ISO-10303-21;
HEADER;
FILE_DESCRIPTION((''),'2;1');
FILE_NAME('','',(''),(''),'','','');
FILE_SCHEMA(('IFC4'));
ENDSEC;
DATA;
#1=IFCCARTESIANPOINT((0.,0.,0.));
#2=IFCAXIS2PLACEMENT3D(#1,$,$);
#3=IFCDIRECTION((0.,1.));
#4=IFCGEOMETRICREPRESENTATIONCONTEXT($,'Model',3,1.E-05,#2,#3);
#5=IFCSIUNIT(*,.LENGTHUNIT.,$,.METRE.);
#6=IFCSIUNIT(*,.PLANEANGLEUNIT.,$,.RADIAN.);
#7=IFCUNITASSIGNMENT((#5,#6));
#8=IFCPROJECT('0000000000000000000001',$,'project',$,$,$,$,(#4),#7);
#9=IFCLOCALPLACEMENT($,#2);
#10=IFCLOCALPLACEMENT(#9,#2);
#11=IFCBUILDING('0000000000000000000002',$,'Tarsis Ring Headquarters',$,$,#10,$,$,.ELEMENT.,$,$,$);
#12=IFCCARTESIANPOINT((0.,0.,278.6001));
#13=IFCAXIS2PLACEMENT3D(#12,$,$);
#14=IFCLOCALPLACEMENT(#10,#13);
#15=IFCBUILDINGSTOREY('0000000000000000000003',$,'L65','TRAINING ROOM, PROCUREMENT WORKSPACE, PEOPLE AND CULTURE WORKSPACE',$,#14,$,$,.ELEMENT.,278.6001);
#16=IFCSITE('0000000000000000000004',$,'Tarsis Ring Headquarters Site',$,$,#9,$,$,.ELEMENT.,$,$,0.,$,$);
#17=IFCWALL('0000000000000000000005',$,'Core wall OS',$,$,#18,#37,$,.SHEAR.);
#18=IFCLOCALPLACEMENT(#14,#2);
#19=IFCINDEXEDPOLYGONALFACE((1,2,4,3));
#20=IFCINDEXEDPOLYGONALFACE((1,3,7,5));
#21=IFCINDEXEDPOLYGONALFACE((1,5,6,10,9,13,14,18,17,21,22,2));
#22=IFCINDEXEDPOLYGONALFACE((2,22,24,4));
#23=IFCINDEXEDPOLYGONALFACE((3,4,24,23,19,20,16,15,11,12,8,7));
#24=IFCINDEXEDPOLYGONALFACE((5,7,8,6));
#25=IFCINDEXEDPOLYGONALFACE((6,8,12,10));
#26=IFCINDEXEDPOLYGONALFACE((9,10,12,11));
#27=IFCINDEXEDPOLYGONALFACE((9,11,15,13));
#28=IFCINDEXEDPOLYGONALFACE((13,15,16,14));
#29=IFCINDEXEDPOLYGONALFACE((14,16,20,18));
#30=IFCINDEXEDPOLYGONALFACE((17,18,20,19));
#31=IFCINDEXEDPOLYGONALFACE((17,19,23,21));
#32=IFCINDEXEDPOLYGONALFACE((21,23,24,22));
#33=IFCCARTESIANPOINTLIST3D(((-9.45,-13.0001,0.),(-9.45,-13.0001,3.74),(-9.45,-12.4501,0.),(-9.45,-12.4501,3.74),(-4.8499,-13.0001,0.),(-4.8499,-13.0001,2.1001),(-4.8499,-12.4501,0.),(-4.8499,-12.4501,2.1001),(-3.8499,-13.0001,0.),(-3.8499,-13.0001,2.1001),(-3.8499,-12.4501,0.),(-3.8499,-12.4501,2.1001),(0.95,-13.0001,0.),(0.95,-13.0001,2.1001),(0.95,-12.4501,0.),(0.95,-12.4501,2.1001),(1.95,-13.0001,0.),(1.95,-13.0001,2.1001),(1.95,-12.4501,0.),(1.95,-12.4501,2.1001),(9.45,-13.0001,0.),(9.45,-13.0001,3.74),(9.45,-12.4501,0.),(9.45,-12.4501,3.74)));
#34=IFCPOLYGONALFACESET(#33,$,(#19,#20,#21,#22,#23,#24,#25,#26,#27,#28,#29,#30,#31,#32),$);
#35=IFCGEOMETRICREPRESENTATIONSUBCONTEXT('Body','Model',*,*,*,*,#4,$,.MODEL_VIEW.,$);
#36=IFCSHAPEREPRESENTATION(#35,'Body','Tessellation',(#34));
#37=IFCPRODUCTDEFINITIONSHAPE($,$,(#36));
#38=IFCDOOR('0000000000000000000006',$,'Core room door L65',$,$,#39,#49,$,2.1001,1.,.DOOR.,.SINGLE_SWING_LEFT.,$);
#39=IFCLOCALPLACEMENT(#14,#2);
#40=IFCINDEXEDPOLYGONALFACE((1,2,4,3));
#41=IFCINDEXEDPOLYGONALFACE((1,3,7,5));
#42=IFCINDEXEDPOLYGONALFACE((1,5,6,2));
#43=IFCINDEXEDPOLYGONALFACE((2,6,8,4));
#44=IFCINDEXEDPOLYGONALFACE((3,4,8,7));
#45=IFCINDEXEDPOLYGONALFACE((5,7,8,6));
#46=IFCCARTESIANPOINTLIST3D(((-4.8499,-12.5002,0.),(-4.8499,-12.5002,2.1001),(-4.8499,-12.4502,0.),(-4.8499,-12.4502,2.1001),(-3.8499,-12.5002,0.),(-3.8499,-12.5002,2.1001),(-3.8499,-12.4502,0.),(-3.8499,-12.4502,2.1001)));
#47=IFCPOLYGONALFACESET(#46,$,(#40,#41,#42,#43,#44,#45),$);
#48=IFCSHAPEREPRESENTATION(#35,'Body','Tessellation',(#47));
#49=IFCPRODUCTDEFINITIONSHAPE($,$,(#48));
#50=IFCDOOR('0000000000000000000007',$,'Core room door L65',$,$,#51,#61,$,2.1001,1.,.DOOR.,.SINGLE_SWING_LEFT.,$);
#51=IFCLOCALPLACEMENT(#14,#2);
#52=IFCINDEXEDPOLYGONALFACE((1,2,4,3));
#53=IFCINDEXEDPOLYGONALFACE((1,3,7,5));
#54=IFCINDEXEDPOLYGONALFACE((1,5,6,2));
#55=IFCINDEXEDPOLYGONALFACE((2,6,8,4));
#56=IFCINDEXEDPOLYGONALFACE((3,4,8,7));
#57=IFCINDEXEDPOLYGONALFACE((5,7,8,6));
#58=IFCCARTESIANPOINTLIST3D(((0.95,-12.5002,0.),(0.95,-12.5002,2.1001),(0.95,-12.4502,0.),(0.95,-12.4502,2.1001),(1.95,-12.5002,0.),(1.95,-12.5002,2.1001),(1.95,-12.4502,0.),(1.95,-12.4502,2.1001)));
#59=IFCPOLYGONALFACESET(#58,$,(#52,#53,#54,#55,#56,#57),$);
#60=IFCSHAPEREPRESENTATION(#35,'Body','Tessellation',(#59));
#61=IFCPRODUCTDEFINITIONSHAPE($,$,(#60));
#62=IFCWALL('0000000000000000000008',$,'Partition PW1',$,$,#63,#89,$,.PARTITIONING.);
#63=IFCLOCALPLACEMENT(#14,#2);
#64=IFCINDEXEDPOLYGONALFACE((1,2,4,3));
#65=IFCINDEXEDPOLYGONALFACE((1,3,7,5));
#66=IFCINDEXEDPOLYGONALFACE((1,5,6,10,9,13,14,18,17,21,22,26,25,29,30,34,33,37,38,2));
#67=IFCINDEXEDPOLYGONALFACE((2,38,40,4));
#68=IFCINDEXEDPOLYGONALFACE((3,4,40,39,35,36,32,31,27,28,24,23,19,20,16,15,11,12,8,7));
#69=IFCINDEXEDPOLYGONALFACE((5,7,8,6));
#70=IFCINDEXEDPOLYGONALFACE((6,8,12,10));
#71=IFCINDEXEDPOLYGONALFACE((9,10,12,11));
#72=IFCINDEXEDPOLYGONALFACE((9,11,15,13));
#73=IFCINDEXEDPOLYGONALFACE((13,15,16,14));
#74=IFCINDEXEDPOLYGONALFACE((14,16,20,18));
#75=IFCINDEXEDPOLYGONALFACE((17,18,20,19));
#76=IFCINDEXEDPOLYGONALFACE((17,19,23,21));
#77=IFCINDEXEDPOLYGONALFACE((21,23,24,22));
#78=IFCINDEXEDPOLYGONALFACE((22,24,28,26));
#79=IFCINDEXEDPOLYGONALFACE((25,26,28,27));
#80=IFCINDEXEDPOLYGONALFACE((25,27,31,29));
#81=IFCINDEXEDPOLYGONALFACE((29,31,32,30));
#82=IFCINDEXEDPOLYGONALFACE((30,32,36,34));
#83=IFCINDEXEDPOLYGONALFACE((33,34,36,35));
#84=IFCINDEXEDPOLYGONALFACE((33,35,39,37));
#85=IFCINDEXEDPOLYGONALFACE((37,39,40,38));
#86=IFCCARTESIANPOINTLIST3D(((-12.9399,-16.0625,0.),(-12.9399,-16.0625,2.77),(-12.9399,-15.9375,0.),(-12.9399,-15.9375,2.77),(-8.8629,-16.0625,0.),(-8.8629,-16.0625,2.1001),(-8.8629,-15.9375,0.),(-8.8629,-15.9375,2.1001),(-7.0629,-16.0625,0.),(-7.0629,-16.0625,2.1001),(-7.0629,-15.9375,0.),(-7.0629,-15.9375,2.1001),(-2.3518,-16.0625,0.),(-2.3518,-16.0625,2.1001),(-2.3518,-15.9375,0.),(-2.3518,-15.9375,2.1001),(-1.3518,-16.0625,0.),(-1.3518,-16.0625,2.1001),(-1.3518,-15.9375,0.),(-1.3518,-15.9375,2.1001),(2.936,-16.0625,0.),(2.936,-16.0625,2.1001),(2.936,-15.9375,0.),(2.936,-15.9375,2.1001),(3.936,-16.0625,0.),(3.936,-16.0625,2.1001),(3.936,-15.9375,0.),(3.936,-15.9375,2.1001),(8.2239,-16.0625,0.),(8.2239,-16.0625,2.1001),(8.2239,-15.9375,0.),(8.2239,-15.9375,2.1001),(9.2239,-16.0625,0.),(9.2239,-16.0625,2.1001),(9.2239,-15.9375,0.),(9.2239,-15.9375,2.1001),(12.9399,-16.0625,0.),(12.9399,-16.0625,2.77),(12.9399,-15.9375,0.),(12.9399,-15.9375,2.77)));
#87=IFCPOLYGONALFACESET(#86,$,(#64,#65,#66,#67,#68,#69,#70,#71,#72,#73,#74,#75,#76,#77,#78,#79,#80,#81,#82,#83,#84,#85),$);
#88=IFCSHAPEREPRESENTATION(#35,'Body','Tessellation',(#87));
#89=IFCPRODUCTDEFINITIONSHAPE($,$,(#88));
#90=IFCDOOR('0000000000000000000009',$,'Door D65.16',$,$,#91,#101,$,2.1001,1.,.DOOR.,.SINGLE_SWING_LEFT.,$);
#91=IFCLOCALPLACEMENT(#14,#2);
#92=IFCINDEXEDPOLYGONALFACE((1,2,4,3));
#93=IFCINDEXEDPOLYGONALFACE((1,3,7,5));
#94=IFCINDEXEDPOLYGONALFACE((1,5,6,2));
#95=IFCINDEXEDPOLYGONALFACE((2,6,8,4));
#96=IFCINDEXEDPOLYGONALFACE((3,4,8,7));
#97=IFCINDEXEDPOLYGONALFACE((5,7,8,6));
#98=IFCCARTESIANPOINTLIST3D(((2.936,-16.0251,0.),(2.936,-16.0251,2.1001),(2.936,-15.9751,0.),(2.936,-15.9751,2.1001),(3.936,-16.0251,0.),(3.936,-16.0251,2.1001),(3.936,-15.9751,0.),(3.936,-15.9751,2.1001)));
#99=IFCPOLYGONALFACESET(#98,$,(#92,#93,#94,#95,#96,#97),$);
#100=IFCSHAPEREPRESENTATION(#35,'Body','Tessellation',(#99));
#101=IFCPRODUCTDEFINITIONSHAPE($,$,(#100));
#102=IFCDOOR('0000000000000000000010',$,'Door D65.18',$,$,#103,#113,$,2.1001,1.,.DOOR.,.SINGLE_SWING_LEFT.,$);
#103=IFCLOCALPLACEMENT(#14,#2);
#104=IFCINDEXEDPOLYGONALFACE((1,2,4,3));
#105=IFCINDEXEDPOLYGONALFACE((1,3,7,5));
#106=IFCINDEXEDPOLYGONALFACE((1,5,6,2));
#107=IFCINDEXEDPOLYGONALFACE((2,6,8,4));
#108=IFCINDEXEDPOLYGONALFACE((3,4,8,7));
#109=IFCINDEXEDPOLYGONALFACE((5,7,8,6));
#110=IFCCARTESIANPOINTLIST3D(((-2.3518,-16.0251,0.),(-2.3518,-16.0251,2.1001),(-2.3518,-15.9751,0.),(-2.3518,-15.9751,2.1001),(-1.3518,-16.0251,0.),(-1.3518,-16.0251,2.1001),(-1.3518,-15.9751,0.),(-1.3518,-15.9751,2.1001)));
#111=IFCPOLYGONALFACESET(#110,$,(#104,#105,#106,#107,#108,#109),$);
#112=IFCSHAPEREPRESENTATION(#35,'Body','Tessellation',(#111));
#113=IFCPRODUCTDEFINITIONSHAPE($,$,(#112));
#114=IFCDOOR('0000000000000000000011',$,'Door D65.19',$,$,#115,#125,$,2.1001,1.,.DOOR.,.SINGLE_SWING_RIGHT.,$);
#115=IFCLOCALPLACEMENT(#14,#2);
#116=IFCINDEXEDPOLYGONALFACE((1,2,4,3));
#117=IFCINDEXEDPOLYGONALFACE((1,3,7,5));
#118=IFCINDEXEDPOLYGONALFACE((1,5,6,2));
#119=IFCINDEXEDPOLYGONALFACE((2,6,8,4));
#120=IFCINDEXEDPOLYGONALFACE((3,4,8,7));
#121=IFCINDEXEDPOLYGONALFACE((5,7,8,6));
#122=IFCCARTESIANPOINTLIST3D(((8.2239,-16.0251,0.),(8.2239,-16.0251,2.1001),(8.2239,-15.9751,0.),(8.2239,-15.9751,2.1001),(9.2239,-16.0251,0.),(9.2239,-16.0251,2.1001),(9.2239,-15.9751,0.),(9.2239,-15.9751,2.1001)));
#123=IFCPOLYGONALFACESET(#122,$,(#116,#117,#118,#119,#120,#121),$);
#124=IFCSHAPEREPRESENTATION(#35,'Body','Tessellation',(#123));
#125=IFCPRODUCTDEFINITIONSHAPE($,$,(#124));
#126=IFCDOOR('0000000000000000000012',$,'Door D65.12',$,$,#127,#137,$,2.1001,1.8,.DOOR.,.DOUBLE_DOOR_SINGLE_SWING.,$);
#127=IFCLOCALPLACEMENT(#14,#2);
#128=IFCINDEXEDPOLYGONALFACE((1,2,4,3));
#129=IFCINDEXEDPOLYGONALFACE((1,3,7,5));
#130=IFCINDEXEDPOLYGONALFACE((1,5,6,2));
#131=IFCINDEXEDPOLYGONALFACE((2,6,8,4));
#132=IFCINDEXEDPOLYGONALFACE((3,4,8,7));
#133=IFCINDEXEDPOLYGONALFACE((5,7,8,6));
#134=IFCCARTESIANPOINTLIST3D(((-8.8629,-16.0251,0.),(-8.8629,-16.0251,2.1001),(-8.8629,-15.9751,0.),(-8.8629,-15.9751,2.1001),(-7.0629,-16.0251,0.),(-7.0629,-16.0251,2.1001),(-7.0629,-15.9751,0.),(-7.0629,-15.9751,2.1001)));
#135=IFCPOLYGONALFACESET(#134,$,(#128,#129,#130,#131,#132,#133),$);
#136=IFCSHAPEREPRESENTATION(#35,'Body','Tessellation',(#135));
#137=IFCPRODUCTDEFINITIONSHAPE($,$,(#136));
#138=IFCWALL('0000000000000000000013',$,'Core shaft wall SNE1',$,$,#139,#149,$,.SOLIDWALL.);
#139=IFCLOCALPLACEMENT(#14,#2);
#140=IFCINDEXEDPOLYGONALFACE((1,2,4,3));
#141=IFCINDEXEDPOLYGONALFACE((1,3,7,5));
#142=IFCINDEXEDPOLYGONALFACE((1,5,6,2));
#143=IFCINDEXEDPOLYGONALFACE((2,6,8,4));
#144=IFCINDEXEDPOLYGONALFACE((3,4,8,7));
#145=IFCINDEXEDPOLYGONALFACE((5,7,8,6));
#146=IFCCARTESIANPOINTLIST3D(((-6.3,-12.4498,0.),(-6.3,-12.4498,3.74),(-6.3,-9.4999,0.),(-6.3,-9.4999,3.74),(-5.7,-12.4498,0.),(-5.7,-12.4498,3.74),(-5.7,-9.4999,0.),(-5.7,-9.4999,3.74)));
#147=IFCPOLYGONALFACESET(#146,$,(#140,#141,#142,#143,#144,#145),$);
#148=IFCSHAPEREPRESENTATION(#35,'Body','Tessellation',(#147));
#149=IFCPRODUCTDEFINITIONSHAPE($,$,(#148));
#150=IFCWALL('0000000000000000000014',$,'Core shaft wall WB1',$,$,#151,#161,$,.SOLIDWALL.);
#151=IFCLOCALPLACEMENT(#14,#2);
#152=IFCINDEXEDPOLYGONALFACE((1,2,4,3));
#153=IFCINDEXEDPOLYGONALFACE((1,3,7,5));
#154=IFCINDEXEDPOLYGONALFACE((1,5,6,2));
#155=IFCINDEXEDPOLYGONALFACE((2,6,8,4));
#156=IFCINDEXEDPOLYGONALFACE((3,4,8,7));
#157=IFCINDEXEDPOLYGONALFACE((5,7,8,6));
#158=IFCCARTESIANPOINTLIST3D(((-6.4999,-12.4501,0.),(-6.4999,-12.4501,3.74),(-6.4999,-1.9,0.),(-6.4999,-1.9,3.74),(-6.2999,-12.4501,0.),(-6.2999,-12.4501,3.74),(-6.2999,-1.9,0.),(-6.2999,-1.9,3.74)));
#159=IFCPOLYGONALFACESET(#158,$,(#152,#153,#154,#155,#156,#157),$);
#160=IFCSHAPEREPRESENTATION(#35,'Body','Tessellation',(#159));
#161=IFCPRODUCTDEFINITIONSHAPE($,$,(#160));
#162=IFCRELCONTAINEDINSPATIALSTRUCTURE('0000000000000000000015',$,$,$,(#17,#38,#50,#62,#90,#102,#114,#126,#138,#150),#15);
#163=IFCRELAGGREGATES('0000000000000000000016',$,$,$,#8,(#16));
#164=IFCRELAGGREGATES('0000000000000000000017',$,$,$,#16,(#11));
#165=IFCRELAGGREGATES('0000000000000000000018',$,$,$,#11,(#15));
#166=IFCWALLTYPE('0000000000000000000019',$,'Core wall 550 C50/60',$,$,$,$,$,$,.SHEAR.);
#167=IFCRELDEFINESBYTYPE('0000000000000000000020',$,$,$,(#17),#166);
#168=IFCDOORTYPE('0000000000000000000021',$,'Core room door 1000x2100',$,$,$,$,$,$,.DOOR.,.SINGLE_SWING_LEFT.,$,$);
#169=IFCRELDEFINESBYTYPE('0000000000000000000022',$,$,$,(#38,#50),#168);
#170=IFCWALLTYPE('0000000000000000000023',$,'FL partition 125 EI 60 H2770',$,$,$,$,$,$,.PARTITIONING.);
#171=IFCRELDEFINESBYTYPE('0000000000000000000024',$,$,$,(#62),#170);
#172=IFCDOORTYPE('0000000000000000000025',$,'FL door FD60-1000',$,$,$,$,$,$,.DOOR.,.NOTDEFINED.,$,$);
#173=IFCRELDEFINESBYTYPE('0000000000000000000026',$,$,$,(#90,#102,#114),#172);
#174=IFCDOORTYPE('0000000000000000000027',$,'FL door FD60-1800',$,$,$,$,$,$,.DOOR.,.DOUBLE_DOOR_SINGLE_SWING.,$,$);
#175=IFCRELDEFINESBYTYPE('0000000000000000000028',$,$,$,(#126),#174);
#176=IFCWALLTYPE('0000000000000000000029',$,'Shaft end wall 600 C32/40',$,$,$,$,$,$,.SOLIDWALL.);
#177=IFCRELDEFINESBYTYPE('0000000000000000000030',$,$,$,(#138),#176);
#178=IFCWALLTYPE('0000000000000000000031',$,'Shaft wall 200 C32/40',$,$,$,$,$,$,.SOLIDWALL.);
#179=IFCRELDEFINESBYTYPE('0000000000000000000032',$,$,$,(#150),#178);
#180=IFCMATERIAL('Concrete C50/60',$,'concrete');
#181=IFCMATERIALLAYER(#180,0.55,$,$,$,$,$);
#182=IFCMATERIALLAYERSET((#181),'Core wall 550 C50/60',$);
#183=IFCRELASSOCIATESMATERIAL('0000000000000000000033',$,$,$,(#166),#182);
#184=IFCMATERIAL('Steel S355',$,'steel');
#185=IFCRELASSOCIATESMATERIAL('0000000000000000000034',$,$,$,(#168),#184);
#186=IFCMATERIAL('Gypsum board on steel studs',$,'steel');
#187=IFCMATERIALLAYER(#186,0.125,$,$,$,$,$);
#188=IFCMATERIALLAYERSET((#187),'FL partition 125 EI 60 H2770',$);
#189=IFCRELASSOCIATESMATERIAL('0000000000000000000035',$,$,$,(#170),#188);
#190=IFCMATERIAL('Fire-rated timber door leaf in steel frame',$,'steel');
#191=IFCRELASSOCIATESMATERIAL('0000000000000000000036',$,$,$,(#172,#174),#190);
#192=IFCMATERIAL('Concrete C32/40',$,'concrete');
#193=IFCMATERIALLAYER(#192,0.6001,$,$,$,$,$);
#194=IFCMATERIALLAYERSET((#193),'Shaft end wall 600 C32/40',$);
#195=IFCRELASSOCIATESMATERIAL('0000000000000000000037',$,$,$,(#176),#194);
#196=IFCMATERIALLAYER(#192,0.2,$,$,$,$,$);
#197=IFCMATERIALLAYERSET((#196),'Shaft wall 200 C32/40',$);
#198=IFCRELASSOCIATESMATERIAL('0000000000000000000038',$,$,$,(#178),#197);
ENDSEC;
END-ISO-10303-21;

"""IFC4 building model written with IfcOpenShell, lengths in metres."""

from ifc_helpers import new_model, si_unit, direction, frame, frame_2d, origin, place, context, subcontext, project, spatial, rectangle, extrude, material, layer, layer_set, type_object, element, fill, save


model = new_model("IFC4")

# Units and contexts
model_context = context("Model", 3, precision=1e-05, world=origin(), true_north=direction((0.0, 1.0)))
body_context = subcontext(model_context, "Body", "Model", "MODEL_VIEW")
ifc_project = project(units=[si_unit("LENGTHUNIT", "METRE"), si_unit("PLANEANGLEUNIT", "RADIAN")], contexts=[model_context])

# Site, building, storey
site_placement = place(None, origin())
site = spatial("IfcSite", under=ifc_project, at=site_placement, Name="Tarsis Ring Headquarters Site", CompositionType="ELEMENT", RefElevation=0.0)
building_placement = place(site_placement, origin())
building = spatial("IfcBuilding", under=site, at=building_placement, Name="Tarsis Ring Headquarters", CompositionType="ELEMENT")
storey_placement = place(building_placement, frame((0.0, 0.0, 278.6001)))
storey = spatial("IfcBuildingStorey", under=building, at=storey_placement, Name="L65", Description="TRAINING ROOM, PROCUREMENT WORKSPACE, PEOPLE AND CULTURE WORKSPACE", CompositionType="ELEMENT", Elevation=278.6001)

# Walls, openings, doors
ifc_material_1 = material(Name="Concrete C50/60", Category="concrete")
ifc_layer_1 = layer(ifc_material_1, 0.55)
ifc_layer_set_1 = layer_set([ifc_layer_1], Name="Core wall 550 C50/60")
wall_type_1 = type_object("IfcWallType", Name="Core wall 550 C50/60", PredefinedType="SHEAR", material=ifc_layer_set_1)
ifc_material_2 = material(Name="Steel S355", Category="steel")
door_type_1 = type_object("IfcDoorType", Name="Core room door 1000x2100", OperationType="SINGLE_SWING_LEFT", PredefinedType="DOOR", material=ifc_material_2)
wall_1_placement = place(storey_placement, frame((-9.45, -12.7251, 0.0), z_axis=(0.0, 0.0, 1.0), x_axis=(1.0, 0.0, 0.0)))
wall_1 = element("IfcWall", 1, at=wall_1_placement, inside=storey, type_object=wall_type_1, Name="Core wall OS", PredefinedType="SHEAR", context=body_context, shape_type="SweptSolid", body=[
    extrude(rectangle(XDim=18.8999, YDim=0.55, at=frame_2d((9.45, 0.0))), origin(), (0.0, 0.0, 1.0), 3.74),
])
opening_1_placement = place(wall_1_placement, frame((4.6001, 0.0, 0.0)))
opening_1 = element("IfcOpeningElement", 2, at=opening_1_placement, cuts=wall_1, PredefinedType="OPENING", context=body_context, shape_type="SweptSolid", body=[
    extrude(rectangle(XDim=1.0, YDim=2.1001, at=frame_2d((0.5, 1.05))), frame((0.0, 0.2849, 0.0), z_axis=(0.0, -1.0, 0.0), x_axis=(1.0, 0.0, 0.0)), (0.0, 0.0, 1.0), 0.5701),
])
opening_2_placement = place(wall_1_placement, frame((10.3999, 0.0, 0.0)))
opening_2 = element("IfcOpeningElement", 3, at=opening_2_placement, cuts=wall_1, PredefinedType="OPENING", context=body_context, shape_type="SweptSolid", body=[
    extrude(rectangle(XDim=1.0, YDim=2.1001, at=frame_2d((0.5, 1.05))), frame((0.0, 0.2849, 0.0), z_axis=(0.0, -1.0, 0.0), x_axis=(1.0, 0.0, 0.0)), (0.0, 0.0, 1.0), 0.5701),
])
door_1_placement = place(opening_1_placement, origin())
door_1 = element("IfcDoor", 4, at=door_1_placement, inside=storey, type_object=door_type_1, Name="Core room door L65", OperationType="SINGLE_SWING_LEFT", OverallHeight=2.1001, OverallWidth=1.0, PredefinedType="DOOR", context=body_context, shape_type="SweptSolid", body=[
    extrude(rectangle(XDim=1.0, YDim=2.1001, at=frame_2d((0.5, 1.05))), frame((0.0, 0.2749, 0.0), z_axis=(0.0, -1.0, 0.0), x_axis=(1.0, 0.0, 0.0)), (0.0, 0.0, 1.0), 0.05),
])
fill(opening_1, door_1)
door_2_placement = place(opening_2_placement, origin())
door_2 = element("IfcDoor", 5, at=door_2_placement, inside=storey, type_object=door_type_1, Name="Core room door L65", OperationType="SINGLE_SWING_LEFT", OverallHeight=2.1001, OverallWidth=1.0, PredefinedType="DOOR", context=body_context, shape_type="SweptSolid", body=[
    extrude(rectangle(XDim=1.0, YDim=2.1001, at=frame_2d((0.5, 1.05))), frame((0.0, 0.2749, 0.0), z_axis=(0.0, -1.0, 0.0), x_axis=(1.0, 0.0, 0.0)), (0.0, 0.0, 1.0), 0.05),
])
fill(opening_2, door_2)
ifc_material_3 = material(Name="Gypsum board on steel studs", Category="steel")
ifc_layer_2 = layer(ifc_material_3, 0.125)
ifc_layer_set_2 = layer_set([ifc_layer_2], Name="FL partition 125 EI 60 H2770")
wall_type_2 = type_object("IfcWallType", Name="FL partition 125 EI 60 H2770", PredefinedType="PARTITIONING", material=ifc_layer_set_2)
wall_2_placement = place(storey_placement, frame((-12.9399, -16.0, 0.0), z_axis=(0.0, 0.0, 1.0), x_axis=(1.0, 0.0, 0.0)))
wall_2 = element("IfcWall", 6, at=wall_2_placement, inside=storey, type_object=wall_type_2, Name="Partition PW1", PredefinedType="PARTITIONING", context=body_context, shape_type="SweptSolid", body=[
    extrude(rectangle(XDim=25.8799, YDim=0.125, at=frame_2d((12.9399, 0.0))), origin(), (0.0, 0.0, 1.0), 2.77),
])
opening_3_placement = place(wall_2_placement, frame((4.0771, 0.0, 0.0)))
opening_3 = element("IfcOpeningElement", 7, at=opening_3_placement, cuts=wall_2, PredefinedType="OPENING", context=body_context, shape_type="SweptSolid", body=[
    extrude(rectangle(XDim=1.8, YDim=2.1001, at=frame_2d((0.8999, 1.05))), frame((0.0, 0.0725, 0.0), z_axis=(0.0, -1.0, 0.0), x_axis=(1.0, 0.0, 0.0)), (0.0, 0.0, 1.0), 0.145),
])
opening_4_placement = place(wall_2_placement, frame((15.876, 0.0, 0.0)))
opening_4 = element("IfcOpeningElement", 8, at=opening_4_placement, cuts=wall_2, PredefinedType="OPENING", context=body_context, shape_type="SweptSolid", body=[
    extrude(rectangle(XDim=1.0, YDim=2.1001, at=frame_2d((0.5, 1.05))), frame((0.0, 0.0725, 0.0), z_axis=(0.0, -1.0, 0.0), x_axis=(1.0, 0.0, 0.0)), (0.0, 0.0, 1.0), 0.145),
])
opening_5_placement = place(wall_2_placement, frame((10.5881, 0.0, 0.0)))
opening_5 = element("IfcOpeningElement", 9, at=opening_5_placement, cuts=wall_2, PredefinedType="OPENING", context=body_context, shape_type="SweptSolid", body=[
    extrude(rectangle(XDim=1.0, YDim=2.1001, at=frame_2d((0.5, 1.05))), frame((0.0, 0.0725, 0.0), z_axis=(0.0, -1.0, 0.0), x_axis=(1.0, 0.0, 0.0)), (0.0, 0.0, 1.0), 0.145),
])
opening_6_placement = place(wall_2_placement, frame((21.1638, 0.0, 0.0)))
opening_6 = element("IfcOpeningElement", 10, at=opening_6_placement, cuts=wall_2, PredefinedType="OPENING", context=body_context, shape_type="SweptSolid", body=[
    extrude(rectangle(XDim=1.0, YDim=2.1001, at=frame_2d((0.5, 1.05))), frame((0.0, 0.0725, 0.0), z_axis=(0.0, -1.0, 0.0), x_axis=(1.0, 0.0, 0.0)), (0.0, 0.0, 1.0), 0.145),
])
ifc_material_4 = material(Name="Fire-rated timber door leaf in steel frame", Category="steel")
door_type_2 = type_object("IfcDoorType", Name="FL door FD60-1000", OperationType="NOTDEFINED", PredefinedType="DOOR", material=ifc_material_4)
door_3_placement = place(opening_4_placement, origin())
door_3 = element("IfcDoor", 11, at=door_3_placement, inside=storey, type_object=door_type_2, Name="Door D65.16", OperationType="SINGLE_SWING_LEFT", OverallHeight=2.1001, OverallWidth=1.0, PredefinedType="DOOR", context=body_context, shape_type="SweptSolid", body=[
    extrude(rectangle(XDim=1.0, YDim=2.1001, at=frame_2d((0.5, 1.05))), frame((0.0, 0.0249, 0.0), z_axis=(0.0, -1.0, 0.0), x_axis=(1.0, 0.0, 0.0)), (0.0, 0.0, 1.0), 0.05),
])
fill(opening_4, door_3)
door_4_placement = place(opening_5_placement, origin())
door_4 = element("IfcDoor", 12, at=door_4_placement, inside=storey, type_object=door_type_2, Name="Door D65.18", OperationType="SINGLE_SWING_LEFT", OverallHeight=2.1001, OverallWidth=1.0, PredefinedType="DOOR", context=body_context, shape_type="SweptSolid", body=[
    extrude(rectangle(XDim=1.0, YDim=2.1001, at=frame_2d((0.5, 1.05))), frame((0.0, 0.0249, 0.0), z_axis=(0.0, -1.0, 0.0), x_axis=(1.0, 0.0, 0.0)), (0.0, 0.0, 1.0), 0.05),
])
fill(opening_5, door_4)
door_5_placement = place(opening_6_placement, origin())
door_5 = element("IfcDoor", 13, at=door_5_placement, inside=storey, type_object=door_type_2, Name="Door D65.19", OperationType="SINGLE_SWING_RIGHT", OverallHeight=2.1001, OverallWidth=1.0, PredefinedType="DOOR", context=body_context, shape_type="SweptSolid", body=[
    extrude(rectangle(XDim=1.0, YDim=2.1001, at=frame_2d((0.5, 1.05))), frame((0.0, 0.0249, 0.0), z_axis=(0.0, -1.0, 0.0), x_axis=(1.0, 0.0, 0.0)), (0.0, 0.0, 1.0), 0.05),
])
fill(opening_6, door_5)
door_type_3 = type_object("IfcDoorType", Name="FL door FD60-1800", OperationType="DOUBLE_DOOR_SINGLE_SWING", PredefinedType="DOOR", material=ifc_material_4)
door_6_placement = place(opening_3_placement, origin())
door_6 = element("IfcDoor", 14, at=door_6_placement, inside=storey, type_object=door_type_3, Name="Door D65.12", OperationType="DOUBLE_DOOR_SINGLE_SWING", OverallHeight=2.1001, OverallWidth=1.8, PredefinedType="DOOR", context=body_context, shape_type="SweptSolid", body=[
    extrude(rectangle(XDim=1.8, YDim=2.1001, at=frame_2d((0.8999, 1.05))), frame((0.0, 0.0249, 0.0), z_axis=(0.0, -1.0, 0.0), x_axis=(1.0, 0.0, 0.0)), (0.0, 0.0, 1.0), 0.05),
])
fill(opening_3, door_6)

# Walls
ifc_material_5 = material(Name="Concrete C32/40", Category="concrete")
ifc_layer_3 = layer(ifc_material_5, 0.6001)
ifc_layer_set_3 = layer_set([ifc_layer_3], Name="Shaft end wall 600 C32/40")
wall_type_3 = type_object("IfcWallType", Name="Shaft end wall 600 C32/40", PredefinedType="SOLIDWALL", material=ifc_layer_set_3)
wall_3_placement = place(storey_placement, frame((-6.0, -12.45, 0.0), z_axis=(0.0, 0.0, 1.0), x_axis=(0.0, 1.0, 0.0)))
element("IfcWall", 15, at=wall_3_placement, inside=storey, type_object=wall_type_3, Name="Core shaft wall SNE1", PredefinedType="SOLIDWALL", context=body_context, shape_type="SweptSolid", body=[
    extrude(rectangle(XDim=2.95, YDim=0.6001, at=frame_2d((1.4751, 0.0))), origin(), (0.0, 0.0, 1.0), 3.74),
])
ifc_layer_4 = layer(ifc_material_5, 0.2)
ifc_layer_set_4 = layer_set([ifc_layer_4], Name="Shaft wall 200 C32/40")
wall_type_4 = type_object("IfcWallType", Name="Shaft wall 200 C32/40", PredefinedType="SOLIDWALL", material=ifc_layer_set_4)
wall_4_placement = place(storey_placement, frame((-6.3999, -12.45, 0.0), z_axis=(0.0, 0.0, 1.0), x_axis=(0.0, 1.0, 0.0)))
element("IfcWall", 16, at=wall_4_placement, inside=storey, type_object=wall_type_4, Name="Core shaft wall WB1", PredefinedType="SOLIDWALL", context=body_context, shape_type="SweptSolid", body=[
    extrude(rectangle(XDim=10.55, YDim=0.2, at=frame_2d((5.2749, 0.0))), origin(), (0.0, 0.0, 1.0), 3.74),
])

save(model, "model.ifc")
